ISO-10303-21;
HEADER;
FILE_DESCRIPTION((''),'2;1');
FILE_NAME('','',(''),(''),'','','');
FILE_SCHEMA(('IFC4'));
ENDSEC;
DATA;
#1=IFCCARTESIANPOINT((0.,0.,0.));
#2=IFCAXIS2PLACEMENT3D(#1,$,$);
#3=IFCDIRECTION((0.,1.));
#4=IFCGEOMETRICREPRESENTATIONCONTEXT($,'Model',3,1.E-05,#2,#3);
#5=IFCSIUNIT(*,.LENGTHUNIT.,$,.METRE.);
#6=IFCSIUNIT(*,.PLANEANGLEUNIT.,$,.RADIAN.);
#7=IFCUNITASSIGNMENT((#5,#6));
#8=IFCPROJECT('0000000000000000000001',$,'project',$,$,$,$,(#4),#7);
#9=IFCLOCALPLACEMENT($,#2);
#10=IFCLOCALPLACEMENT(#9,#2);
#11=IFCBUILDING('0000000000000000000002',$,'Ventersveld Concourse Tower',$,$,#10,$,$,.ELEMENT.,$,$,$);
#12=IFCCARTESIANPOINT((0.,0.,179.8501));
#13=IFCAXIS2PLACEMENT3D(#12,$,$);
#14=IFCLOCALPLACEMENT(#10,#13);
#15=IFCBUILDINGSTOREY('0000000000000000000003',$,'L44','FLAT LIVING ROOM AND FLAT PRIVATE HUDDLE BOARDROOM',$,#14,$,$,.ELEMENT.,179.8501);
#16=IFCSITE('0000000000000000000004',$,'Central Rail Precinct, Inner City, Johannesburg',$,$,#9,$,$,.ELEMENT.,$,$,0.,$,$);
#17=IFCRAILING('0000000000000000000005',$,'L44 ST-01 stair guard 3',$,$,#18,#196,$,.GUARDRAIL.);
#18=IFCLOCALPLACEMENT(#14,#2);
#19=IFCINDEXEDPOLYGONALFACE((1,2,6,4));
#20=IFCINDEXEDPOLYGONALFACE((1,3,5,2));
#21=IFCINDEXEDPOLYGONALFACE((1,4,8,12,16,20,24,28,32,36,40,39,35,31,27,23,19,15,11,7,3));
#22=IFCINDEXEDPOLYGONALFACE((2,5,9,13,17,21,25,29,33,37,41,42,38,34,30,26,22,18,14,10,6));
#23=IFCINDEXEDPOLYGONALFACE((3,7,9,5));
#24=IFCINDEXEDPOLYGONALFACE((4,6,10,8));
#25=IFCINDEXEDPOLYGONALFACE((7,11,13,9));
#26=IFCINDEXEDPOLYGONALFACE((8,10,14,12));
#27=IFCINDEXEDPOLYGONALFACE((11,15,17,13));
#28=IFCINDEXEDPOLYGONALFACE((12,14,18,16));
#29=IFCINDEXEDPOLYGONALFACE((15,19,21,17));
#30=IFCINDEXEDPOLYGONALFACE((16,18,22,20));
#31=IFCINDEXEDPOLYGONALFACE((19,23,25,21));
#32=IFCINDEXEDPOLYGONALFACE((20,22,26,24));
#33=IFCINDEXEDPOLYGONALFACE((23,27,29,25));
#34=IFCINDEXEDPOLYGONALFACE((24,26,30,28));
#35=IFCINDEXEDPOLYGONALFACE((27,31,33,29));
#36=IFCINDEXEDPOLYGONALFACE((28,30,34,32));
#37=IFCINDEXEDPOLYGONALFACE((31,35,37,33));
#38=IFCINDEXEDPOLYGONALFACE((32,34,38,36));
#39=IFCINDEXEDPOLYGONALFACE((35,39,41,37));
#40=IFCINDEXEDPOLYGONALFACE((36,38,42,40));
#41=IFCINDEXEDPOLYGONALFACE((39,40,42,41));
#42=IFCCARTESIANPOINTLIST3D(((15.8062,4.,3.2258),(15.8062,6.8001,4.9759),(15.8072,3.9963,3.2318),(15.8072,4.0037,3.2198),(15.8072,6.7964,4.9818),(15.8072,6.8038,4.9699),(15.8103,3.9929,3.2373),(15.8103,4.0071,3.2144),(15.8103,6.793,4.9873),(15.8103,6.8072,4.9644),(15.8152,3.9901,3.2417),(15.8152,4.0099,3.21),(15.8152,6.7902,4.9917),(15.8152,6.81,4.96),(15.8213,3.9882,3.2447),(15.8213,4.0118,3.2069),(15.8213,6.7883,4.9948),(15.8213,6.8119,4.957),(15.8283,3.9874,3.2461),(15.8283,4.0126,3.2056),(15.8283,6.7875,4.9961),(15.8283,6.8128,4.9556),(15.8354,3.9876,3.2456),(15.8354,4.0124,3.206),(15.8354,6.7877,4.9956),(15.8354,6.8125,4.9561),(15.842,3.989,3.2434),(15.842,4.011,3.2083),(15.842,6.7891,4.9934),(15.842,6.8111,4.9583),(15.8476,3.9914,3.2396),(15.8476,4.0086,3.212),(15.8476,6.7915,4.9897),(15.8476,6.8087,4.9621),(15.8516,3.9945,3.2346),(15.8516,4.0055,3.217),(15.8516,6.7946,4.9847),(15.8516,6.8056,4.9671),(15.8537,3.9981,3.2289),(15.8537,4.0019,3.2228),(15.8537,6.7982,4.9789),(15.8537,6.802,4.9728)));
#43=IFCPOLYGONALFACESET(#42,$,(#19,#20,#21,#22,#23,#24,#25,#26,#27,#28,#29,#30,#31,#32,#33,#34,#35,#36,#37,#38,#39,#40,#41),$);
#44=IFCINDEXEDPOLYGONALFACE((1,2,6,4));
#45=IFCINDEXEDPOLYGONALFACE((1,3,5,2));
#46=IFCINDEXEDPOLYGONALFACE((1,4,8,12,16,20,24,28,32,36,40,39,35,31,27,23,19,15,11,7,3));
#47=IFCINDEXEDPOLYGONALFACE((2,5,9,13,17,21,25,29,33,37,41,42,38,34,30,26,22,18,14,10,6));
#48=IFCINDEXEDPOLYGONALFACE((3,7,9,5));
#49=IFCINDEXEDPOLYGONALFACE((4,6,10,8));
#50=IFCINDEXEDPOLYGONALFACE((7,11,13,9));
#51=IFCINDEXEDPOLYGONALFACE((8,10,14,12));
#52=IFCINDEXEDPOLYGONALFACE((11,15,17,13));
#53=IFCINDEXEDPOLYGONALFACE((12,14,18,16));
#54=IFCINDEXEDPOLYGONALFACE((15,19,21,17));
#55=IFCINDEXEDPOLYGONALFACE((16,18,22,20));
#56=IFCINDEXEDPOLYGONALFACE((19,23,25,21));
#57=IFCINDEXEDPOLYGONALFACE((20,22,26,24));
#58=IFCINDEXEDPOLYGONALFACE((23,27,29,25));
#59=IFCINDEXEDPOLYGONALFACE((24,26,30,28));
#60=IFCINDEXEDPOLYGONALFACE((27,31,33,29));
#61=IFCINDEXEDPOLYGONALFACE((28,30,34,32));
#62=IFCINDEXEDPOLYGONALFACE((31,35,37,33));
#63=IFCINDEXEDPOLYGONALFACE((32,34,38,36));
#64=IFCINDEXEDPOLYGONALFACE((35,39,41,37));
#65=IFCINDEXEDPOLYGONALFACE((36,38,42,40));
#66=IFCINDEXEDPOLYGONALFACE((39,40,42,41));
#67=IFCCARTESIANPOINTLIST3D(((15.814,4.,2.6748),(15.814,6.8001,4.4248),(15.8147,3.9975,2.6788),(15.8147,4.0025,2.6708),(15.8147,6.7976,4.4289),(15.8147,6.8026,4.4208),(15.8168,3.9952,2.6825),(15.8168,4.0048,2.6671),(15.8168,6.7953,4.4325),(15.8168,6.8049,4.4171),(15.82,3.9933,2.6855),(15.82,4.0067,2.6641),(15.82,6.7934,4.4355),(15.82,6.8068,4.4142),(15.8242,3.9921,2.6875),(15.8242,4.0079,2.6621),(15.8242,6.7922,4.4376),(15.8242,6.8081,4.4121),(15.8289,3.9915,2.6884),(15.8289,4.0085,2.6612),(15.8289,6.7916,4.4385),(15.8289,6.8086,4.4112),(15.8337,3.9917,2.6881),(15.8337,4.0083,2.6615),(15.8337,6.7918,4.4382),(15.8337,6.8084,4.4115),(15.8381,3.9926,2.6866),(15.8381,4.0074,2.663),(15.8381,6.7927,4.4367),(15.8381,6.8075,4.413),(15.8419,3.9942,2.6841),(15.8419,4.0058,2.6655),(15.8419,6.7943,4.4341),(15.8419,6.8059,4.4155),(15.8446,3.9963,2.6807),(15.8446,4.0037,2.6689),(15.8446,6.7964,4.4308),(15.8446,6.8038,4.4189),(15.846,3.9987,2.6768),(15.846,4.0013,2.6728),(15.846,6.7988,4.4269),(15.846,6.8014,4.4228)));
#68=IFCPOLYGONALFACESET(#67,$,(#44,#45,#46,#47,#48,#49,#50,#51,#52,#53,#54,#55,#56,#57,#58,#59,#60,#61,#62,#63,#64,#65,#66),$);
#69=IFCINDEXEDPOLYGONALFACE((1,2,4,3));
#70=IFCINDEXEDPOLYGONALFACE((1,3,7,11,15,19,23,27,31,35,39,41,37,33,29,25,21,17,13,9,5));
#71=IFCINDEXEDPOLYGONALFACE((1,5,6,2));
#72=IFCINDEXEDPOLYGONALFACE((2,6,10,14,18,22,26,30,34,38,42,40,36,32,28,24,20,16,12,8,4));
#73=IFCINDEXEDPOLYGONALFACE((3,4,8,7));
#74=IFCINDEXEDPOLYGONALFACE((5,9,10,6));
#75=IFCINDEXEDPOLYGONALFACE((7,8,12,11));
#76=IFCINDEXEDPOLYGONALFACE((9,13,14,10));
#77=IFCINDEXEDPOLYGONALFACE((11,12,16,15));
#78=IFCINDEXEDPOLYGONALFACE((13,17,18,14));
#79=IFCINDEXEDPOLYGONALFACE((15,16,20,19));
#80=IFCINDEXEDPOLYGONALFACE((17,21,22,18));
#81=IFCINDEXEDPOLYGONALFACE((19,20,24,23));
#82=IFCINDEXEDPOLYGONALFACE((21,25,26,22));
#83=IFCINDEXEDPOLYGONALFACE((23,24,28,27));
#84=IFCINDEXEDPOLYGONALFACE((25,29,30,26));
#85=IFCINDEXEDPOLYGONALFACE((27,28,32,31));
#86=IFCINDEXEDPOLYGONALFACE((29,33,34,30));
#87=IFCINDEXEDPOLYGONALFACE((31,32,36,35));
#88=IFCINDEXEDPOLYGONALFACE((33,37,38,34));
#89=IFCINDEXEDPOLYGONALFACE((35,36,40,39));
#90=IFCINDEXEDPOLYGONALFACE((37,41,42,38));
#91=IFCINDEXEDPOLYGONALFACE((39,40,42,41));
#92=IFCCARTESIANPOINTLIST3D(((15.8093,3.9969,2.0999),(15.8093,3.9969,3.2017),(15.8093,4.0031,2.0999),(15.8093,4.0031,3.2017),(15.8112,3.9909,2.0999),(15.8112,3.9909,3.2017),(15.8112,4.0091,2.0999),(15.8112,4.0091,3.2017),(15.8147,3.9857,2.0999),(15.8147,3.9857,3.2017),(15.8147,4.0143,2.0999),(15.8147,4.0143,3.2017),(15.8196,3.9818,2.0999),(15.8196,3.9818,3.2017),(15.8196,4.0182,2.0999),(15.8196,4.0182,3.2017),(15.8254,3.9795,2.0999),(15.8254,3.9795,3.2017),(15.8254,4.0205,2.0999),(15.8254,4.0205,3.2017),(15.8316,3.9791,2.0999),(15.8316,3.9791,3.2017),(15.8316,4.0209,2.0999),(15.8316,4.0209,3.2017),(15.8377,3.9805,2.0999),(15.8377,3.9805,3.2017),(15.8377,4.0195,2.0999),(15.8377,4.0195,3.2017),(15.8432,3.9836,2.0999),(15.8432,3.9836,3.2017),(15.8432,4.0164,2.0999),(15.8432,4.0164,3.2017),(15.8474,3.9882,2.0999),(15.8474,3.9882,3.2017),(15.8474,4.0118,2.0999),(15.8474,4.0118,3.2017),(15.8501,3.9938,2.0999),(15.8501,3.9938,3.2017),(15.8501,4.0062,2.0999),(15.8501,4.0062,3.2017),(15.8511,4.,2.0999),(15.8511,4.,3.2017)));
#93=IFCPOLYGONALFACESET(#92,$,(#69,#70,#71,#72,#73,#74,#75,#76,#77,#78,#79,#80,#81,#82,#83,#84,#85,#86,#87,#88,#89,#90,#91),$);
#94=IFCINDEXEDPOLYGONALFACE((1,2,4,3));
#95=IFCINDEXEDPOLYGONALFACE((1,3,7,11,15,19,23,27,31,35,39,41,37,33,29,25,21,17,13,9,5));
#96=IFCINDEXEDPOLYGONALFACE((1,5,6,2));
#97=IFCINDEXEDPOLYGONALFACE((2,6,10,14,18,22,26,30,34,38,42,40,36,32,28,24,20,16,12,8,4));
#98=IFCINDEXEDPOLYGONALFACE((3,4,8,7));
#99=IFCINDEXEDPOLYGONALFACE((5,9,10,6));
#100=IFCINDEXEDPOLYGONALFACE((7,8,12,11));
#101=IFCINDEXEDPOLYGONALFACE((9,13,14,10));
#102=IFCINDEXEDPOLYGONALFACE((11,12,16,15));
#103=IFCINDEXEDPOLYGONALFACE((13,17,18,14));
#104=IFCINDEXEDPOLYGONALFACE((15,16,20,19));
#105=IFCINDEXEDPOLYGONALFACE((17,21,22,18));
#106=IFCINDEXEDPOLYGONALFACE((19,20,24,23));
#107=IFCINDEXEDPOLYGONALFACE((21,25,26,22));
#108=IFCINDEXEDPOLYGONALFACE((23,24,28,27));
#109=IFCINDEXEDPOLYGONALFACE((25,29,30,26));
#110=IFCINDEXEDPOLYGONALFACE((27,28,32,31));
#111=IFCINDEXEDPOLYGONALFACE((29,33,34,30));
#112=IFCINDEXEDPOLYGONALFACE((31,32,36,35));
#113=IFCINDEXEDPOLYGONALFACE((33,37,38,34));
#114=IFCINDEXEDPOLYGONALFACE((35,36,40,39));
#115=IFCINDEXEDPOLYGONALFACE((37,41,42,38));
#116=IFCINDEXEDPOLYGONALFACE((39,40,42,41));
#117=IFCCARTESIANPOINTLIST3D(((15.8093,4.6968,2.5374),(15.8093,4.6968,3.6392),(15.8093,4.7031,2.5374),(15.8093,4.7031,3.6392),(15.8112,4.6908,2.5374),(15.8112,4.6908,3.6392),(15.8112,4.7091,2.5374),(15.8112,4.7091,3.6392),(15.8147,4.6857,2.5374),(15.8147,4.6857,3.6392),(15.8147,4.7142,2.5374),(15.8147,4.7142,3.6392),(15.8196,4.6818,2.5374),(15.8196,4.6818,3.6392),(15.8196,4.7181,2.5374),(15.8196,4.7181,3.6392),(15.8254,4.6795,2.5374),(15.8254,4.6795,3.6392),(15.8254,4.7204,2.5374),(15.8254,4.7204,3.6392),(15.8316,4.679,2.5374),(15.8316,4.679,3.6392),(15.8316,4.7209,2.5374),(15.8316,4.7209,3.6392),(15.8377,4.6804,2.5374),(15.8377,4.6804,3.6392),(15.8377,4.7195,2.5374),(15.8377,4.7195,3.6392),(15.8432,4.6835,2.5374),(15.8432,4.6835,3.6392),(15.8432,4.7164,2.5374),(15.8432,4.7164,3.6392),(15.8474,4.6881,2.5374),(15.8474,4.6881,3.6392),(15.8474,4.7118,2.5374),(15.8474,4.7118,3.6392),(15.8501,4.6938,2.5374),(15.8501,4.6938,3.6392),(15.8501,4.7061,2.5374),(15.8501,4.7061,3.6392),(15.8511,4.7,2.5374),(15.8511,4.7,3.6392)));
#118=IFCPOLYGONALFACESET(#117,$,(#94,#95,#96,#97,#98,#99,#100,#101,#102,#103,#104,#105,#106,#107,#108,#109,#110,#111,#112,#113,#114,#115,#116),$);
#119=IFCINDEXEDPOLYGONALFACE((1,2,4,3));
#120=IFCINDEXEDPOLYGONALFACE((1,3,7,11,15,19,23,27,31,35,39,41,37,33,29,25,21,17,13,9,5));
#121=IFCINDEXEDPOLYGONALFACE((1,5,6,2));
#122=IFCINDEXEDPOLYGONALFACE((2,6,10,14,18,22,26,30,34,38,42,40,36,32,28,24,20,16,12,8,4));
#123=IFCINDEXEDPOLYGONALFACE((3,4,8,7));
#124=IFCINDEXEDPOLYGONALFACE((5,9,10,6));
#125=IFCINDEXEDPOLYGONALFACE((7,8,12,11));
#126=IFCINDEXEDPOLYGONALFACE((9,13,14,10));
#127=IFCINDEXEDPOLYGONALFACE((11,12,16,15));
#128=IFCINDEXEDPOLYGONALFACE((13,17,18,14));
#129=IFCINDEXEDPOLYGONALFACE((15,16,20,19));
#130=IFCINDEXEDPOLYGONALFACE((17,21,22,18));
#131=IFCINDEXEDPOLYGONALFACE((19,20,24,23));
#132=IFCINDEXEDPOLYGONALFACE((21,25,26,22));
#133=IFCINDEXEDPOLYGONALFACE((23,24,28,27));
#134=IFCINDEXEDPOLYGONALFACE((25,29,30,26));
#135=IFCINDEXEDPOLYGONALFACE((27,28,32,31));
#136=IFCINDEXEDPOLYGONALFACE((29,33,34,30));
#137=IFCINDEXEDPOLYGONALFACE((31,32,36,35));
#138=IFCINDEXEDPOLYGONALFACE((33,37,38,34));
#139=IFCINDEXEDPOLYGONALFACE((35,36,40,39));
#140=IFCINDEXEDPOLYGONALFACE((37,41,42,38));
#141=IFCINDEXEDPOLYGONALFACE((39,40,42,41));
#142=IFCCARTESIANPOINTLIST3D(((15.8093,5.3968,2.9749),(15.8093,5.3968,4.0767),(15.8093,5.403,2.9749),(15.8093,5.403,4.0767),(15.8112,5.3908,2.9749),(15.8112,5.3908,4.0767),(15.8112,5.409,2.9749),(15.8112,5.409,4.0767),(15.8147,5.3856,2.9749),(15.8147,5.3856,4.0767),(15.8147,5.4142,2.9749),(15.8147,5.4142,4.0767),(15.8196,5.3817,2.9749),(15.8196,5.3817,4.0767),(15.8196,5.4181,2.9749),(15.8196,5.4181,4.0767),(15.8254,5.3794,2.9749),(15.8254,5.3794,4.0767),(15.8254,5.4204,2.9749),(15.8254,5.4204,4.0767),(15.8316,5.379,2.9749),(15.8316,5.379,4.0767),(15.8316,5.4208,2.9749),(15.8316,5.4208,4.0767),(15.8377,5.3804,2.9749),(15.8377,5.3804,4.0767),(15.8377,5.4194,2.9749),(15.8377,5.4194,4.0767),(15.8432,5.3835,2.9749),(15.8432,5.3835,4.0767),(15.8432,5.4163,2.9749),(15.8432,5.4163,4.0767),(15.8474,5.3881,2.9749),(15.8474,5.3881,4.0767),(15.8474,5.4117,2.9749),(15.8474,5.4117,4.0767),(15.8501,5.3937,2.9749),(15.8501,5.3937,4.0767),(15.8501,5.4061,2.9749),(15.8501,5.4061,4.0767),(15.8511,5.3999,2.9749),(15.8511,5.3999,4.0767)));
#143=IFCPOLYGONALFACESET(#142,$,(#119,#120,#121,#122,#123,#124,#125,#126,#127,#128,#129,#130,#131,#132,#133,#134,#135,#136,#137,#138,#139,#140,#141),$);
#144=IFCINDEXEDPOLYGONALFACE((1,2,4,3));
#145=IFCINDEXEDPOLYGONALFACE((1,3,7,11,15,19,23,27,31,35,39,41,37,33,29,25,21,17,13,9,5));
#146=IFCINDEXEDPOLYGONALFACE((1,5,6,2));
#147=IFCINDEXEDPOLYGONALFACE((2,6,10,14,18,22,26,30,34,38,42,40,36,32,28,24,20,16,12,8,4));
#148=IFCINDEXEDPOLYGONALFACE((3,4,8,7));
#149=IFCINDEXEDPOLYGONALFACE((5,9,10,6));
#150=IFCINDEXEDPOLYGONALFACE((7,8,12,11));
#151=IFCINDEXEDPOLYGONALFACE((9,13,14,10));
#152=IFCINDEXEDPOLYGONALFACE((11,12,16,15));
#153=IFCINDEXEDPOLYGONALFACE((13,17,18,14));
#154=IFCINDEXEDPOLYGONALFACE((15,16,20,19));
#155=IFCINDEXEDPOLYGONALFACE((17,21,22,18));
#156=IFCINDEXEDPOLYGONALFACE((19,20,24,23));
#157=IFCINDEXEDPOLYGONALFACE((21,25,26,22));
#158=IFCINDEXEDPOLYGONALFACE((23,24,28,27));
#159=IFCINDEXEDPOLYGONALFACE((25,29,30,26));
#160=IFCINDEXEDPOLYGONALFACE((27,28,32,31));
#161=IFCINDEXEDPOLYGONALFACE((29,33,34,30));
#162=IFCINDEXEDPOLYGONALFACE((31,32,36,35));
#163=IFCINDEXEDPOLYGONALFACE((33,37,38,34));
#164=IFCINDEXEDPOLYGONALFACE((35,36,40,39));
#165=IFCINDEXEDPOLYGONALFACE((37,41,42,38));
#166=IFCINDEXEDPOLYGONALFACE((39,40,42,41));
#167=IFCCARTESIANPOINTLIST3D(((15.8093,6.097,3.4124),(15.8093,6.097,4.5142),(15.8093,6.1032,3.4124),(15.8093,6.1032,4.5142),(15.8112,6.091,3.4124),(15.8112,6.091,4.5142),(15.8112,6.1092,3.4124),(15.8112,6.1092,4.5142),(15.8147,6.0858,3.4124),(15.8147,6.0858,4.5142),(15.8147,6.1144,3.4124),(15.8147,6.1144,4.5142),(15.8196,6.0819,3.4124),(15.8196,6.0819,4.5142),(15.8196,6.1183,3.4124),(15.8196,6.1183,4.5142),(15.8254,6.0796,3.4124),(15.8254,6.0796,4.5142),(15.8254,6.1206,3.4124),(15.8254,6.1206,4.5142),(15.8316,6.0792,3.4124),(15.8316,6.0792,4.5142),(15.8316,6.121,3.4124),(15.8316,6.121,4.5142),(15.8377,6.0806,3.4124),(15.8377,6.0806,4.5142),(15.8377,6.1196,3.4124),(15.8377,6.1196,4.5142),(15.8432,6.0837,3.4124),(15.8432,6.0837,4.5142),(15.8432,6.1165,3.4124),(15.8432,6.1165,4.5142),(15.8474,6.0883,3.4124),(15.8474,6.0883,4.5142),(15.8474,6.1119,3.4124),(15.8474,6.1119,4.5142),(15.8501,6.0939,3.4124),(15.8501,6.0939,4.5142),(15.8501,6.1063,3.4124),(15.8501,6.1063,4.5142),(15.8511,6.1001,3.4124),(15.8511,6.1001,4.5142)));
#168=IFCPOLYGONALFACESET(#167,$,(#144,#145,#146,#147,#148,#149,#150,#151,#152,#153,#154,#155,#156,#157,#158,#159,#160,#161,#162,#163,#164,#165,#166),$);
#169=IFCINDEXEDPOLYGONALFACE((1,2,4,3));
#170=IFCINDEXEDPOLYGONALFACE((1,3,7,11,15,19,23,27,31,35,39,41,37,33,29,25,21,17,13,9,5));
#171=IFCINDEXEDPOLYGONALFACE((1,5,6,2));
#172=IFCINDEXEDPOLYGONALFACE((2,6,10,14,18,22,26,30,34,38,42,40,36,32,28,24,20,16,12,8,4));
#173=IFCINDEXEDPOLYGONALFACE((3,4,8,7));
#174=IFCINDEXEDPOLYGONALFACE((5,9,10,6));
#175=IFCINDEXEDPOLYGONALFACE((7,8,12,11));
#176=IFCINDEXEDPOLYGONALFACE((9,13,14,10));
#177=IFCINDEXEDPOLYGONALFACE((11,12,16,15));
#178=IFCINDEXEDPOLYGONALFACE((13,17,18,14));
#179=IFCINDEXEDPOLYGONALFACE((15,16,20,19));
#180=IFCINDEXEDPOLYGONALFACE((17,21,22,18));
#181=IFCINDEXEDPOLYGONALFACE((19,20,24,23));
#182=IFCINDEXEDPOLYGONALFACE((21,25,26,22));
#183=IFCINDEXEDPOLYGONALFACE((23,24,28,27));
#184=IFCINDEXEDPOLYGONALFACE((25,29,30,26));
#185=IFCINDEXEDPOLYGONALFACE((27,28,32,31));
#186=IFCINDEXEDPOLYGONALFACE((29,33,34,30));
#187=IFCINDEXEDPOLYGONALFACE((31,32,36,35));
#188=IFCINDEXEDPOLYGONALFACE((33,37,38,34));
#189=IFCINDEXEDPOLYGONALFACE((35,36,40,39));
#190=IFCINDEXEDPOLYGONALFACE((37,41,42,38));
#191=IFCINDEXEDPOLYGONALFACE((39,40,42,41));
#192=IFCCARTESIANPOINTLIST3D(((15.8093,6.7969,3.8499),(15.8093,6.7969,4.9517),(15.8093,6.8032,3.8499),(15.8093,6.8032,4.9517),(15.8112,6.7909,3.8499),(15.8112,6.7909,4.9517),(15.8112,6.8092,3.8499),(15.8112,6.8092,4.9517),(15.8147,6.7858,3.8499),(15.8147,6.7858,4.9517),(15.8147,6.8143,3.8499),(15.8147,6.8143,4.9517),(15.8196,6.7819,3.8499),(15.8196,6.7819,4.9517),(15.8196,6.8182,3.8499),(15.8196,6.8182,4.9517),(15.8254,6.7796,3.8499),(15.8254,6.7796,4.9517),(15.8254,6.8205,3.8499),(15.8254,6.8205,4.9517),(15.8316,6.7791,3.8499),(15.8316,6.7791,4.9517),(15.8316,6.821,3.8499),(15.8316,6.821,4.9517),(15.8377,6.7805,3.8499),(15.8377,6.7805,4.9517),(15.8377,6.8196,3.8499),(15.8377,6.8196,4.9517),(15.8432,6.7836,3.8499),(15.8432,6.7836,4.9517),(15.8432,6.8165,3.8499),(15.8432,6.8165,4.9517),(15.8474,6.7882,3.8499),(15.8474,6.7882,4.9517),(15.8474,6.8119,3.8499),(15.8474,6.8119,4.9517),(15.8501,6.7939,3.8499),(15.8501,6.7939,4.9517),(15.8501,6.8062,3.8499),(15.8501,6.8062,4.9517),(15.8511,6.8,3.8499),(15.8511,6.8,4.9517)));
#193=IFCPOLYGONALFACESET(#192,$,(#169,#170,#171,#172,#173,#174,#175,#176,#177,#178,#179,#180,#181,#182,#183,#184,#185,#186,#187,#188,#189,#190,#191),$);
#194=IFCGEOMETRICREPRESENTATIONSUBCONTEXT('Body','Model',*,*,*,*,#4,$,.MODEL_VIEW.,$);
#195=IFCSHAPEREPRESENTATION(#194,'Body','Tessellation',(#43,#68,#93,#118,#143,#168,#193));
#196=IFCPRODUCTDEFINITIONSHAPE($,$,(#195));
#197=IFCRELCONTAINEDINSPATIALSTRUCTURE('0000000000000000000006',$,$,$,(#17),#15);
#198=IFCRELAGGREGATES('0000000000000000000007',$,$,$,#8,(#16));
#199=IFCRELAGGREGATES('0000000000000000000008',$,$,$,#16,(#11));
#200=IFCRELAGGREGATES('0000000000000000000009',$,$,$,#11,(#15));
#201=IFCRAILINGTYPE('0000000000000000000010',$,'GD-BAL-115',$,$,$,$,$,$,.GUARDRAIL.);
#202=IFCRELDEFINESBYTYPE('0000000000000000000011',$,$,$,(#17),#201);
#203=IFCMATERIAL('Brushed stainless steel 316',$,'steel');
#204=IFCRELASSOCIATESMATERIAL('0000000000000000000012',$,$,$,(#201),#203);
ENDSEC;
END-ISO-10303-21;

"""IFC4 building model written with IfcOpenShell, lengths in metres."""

from ifc_helpers import new_model, si_unit, direction, frame, origin, origin_2d, place, context, subcontext, project, spatial, circle, extrude, material, type_object, element, save


model = new_model("IFC4")

# Units and contexts
model_context = context("Model", 3, precision=1e-05, world=origin(), true_north=direction((0.0, 1.0)))
body_context = subcontext(model_context, "Body", "Model", "MODEL_VIEW")
ifc_project = project(units=[si_unit("LENGTHUNIT", "METRE"), si_unit("PLANEANGLEUNIT", "RADIAN")], contexts=[model_context])

# Site, building, storey
site_placement = place(None, origin())
site = spatial("IfcSite", under=ifc_project, at=site_placement, Name="Central Rail Precinct, Inner City, Johannesburg", CompositionType="ELEMENT", RefElevation=0.0)
building_placement = place(site_placement, origin())
building = spatial("IfcBuilding", under=site, at=building_placement, Name="Ventersveld Concourse Tower", CompositionType="ELEMENT")
storey_placement = place(building_placement, frame((0.0, 0.0, 179.8501)))
storey = spatial("IfcBuildingStorey", under=building, at=storey_placement, Name="L44", Description="FLAT LIVING ROOM AND FLAT PRIVATE HUDDLE BOARDROOM", CompositionType="ELEMENT", Elevation=179.8501)

# Railing
ifc_material_1 = material(Name="Brushed stainless steel 316", Category="steel")
railing_type_1 = type_object("IfcRailingType", Name="GD-BAL-115", PredefinedType="GUARDRAIL", material=ifc_material_1)
railing_1_placement = place(storey_placement, frame((15.8301, 4.0, 2.0999)))
element("IfcRailing", 1, at=railing_1_placement, inside=storey, type_object=railing_type_1, Name="L44 ST-01 stair guard 3", PredefinedType="GUARDRAIL", context=body_context, shape_type="SweptSolid", body=[
    extrude(circle(Radius=0.0239, at=origin_2d()), frame((0.0, 0.0, 1.126), z_axis=(0.0, 0.848002, 0.529992), x_axis=(-1.0, 0.0, 0.0)), (0.0, 0.0, 1.0), 3.302),
    extrude(circle(Radius=0.0161, at=origin_2d()), frame((0.0, 0.0, 0.575), z_axis=(0.0, 0.848002, 0.529992), x_axis=(-1.0, 0.0, 0.0)), (0.0, 0.0, 1.0), 3.302),
    extrude(circle(Radius=0.021, at=origin_2d()), origin(), (0.0, 0.0, 1.0), 1.1018),
    extrude(circle(Radius=0.021, at=origin_2d()), frame((0.0, 0.7, 0.4375)), (0.0, 0.0, 1.0), 1.1018),
    extrude(circle(Radius=0.021, at=origin_2d()), frame((0.0, 1.3999, 0.875)), (0.0, 0.0, 1.0), 1.1018),
    extrude(circle(Radius=0.021, at=origin_2d()), frame((0.0, 2.1001, 1.3125)), (0.0, 0.0, 1.0), 1.1018),
    extrude(circle(Radius=0.021, at=origin_2d()), frame((0.0, 2.8, 1.75)), (0.0, 0.0, 1.0), 1.1018),
])

save(model, "model.ifc")
